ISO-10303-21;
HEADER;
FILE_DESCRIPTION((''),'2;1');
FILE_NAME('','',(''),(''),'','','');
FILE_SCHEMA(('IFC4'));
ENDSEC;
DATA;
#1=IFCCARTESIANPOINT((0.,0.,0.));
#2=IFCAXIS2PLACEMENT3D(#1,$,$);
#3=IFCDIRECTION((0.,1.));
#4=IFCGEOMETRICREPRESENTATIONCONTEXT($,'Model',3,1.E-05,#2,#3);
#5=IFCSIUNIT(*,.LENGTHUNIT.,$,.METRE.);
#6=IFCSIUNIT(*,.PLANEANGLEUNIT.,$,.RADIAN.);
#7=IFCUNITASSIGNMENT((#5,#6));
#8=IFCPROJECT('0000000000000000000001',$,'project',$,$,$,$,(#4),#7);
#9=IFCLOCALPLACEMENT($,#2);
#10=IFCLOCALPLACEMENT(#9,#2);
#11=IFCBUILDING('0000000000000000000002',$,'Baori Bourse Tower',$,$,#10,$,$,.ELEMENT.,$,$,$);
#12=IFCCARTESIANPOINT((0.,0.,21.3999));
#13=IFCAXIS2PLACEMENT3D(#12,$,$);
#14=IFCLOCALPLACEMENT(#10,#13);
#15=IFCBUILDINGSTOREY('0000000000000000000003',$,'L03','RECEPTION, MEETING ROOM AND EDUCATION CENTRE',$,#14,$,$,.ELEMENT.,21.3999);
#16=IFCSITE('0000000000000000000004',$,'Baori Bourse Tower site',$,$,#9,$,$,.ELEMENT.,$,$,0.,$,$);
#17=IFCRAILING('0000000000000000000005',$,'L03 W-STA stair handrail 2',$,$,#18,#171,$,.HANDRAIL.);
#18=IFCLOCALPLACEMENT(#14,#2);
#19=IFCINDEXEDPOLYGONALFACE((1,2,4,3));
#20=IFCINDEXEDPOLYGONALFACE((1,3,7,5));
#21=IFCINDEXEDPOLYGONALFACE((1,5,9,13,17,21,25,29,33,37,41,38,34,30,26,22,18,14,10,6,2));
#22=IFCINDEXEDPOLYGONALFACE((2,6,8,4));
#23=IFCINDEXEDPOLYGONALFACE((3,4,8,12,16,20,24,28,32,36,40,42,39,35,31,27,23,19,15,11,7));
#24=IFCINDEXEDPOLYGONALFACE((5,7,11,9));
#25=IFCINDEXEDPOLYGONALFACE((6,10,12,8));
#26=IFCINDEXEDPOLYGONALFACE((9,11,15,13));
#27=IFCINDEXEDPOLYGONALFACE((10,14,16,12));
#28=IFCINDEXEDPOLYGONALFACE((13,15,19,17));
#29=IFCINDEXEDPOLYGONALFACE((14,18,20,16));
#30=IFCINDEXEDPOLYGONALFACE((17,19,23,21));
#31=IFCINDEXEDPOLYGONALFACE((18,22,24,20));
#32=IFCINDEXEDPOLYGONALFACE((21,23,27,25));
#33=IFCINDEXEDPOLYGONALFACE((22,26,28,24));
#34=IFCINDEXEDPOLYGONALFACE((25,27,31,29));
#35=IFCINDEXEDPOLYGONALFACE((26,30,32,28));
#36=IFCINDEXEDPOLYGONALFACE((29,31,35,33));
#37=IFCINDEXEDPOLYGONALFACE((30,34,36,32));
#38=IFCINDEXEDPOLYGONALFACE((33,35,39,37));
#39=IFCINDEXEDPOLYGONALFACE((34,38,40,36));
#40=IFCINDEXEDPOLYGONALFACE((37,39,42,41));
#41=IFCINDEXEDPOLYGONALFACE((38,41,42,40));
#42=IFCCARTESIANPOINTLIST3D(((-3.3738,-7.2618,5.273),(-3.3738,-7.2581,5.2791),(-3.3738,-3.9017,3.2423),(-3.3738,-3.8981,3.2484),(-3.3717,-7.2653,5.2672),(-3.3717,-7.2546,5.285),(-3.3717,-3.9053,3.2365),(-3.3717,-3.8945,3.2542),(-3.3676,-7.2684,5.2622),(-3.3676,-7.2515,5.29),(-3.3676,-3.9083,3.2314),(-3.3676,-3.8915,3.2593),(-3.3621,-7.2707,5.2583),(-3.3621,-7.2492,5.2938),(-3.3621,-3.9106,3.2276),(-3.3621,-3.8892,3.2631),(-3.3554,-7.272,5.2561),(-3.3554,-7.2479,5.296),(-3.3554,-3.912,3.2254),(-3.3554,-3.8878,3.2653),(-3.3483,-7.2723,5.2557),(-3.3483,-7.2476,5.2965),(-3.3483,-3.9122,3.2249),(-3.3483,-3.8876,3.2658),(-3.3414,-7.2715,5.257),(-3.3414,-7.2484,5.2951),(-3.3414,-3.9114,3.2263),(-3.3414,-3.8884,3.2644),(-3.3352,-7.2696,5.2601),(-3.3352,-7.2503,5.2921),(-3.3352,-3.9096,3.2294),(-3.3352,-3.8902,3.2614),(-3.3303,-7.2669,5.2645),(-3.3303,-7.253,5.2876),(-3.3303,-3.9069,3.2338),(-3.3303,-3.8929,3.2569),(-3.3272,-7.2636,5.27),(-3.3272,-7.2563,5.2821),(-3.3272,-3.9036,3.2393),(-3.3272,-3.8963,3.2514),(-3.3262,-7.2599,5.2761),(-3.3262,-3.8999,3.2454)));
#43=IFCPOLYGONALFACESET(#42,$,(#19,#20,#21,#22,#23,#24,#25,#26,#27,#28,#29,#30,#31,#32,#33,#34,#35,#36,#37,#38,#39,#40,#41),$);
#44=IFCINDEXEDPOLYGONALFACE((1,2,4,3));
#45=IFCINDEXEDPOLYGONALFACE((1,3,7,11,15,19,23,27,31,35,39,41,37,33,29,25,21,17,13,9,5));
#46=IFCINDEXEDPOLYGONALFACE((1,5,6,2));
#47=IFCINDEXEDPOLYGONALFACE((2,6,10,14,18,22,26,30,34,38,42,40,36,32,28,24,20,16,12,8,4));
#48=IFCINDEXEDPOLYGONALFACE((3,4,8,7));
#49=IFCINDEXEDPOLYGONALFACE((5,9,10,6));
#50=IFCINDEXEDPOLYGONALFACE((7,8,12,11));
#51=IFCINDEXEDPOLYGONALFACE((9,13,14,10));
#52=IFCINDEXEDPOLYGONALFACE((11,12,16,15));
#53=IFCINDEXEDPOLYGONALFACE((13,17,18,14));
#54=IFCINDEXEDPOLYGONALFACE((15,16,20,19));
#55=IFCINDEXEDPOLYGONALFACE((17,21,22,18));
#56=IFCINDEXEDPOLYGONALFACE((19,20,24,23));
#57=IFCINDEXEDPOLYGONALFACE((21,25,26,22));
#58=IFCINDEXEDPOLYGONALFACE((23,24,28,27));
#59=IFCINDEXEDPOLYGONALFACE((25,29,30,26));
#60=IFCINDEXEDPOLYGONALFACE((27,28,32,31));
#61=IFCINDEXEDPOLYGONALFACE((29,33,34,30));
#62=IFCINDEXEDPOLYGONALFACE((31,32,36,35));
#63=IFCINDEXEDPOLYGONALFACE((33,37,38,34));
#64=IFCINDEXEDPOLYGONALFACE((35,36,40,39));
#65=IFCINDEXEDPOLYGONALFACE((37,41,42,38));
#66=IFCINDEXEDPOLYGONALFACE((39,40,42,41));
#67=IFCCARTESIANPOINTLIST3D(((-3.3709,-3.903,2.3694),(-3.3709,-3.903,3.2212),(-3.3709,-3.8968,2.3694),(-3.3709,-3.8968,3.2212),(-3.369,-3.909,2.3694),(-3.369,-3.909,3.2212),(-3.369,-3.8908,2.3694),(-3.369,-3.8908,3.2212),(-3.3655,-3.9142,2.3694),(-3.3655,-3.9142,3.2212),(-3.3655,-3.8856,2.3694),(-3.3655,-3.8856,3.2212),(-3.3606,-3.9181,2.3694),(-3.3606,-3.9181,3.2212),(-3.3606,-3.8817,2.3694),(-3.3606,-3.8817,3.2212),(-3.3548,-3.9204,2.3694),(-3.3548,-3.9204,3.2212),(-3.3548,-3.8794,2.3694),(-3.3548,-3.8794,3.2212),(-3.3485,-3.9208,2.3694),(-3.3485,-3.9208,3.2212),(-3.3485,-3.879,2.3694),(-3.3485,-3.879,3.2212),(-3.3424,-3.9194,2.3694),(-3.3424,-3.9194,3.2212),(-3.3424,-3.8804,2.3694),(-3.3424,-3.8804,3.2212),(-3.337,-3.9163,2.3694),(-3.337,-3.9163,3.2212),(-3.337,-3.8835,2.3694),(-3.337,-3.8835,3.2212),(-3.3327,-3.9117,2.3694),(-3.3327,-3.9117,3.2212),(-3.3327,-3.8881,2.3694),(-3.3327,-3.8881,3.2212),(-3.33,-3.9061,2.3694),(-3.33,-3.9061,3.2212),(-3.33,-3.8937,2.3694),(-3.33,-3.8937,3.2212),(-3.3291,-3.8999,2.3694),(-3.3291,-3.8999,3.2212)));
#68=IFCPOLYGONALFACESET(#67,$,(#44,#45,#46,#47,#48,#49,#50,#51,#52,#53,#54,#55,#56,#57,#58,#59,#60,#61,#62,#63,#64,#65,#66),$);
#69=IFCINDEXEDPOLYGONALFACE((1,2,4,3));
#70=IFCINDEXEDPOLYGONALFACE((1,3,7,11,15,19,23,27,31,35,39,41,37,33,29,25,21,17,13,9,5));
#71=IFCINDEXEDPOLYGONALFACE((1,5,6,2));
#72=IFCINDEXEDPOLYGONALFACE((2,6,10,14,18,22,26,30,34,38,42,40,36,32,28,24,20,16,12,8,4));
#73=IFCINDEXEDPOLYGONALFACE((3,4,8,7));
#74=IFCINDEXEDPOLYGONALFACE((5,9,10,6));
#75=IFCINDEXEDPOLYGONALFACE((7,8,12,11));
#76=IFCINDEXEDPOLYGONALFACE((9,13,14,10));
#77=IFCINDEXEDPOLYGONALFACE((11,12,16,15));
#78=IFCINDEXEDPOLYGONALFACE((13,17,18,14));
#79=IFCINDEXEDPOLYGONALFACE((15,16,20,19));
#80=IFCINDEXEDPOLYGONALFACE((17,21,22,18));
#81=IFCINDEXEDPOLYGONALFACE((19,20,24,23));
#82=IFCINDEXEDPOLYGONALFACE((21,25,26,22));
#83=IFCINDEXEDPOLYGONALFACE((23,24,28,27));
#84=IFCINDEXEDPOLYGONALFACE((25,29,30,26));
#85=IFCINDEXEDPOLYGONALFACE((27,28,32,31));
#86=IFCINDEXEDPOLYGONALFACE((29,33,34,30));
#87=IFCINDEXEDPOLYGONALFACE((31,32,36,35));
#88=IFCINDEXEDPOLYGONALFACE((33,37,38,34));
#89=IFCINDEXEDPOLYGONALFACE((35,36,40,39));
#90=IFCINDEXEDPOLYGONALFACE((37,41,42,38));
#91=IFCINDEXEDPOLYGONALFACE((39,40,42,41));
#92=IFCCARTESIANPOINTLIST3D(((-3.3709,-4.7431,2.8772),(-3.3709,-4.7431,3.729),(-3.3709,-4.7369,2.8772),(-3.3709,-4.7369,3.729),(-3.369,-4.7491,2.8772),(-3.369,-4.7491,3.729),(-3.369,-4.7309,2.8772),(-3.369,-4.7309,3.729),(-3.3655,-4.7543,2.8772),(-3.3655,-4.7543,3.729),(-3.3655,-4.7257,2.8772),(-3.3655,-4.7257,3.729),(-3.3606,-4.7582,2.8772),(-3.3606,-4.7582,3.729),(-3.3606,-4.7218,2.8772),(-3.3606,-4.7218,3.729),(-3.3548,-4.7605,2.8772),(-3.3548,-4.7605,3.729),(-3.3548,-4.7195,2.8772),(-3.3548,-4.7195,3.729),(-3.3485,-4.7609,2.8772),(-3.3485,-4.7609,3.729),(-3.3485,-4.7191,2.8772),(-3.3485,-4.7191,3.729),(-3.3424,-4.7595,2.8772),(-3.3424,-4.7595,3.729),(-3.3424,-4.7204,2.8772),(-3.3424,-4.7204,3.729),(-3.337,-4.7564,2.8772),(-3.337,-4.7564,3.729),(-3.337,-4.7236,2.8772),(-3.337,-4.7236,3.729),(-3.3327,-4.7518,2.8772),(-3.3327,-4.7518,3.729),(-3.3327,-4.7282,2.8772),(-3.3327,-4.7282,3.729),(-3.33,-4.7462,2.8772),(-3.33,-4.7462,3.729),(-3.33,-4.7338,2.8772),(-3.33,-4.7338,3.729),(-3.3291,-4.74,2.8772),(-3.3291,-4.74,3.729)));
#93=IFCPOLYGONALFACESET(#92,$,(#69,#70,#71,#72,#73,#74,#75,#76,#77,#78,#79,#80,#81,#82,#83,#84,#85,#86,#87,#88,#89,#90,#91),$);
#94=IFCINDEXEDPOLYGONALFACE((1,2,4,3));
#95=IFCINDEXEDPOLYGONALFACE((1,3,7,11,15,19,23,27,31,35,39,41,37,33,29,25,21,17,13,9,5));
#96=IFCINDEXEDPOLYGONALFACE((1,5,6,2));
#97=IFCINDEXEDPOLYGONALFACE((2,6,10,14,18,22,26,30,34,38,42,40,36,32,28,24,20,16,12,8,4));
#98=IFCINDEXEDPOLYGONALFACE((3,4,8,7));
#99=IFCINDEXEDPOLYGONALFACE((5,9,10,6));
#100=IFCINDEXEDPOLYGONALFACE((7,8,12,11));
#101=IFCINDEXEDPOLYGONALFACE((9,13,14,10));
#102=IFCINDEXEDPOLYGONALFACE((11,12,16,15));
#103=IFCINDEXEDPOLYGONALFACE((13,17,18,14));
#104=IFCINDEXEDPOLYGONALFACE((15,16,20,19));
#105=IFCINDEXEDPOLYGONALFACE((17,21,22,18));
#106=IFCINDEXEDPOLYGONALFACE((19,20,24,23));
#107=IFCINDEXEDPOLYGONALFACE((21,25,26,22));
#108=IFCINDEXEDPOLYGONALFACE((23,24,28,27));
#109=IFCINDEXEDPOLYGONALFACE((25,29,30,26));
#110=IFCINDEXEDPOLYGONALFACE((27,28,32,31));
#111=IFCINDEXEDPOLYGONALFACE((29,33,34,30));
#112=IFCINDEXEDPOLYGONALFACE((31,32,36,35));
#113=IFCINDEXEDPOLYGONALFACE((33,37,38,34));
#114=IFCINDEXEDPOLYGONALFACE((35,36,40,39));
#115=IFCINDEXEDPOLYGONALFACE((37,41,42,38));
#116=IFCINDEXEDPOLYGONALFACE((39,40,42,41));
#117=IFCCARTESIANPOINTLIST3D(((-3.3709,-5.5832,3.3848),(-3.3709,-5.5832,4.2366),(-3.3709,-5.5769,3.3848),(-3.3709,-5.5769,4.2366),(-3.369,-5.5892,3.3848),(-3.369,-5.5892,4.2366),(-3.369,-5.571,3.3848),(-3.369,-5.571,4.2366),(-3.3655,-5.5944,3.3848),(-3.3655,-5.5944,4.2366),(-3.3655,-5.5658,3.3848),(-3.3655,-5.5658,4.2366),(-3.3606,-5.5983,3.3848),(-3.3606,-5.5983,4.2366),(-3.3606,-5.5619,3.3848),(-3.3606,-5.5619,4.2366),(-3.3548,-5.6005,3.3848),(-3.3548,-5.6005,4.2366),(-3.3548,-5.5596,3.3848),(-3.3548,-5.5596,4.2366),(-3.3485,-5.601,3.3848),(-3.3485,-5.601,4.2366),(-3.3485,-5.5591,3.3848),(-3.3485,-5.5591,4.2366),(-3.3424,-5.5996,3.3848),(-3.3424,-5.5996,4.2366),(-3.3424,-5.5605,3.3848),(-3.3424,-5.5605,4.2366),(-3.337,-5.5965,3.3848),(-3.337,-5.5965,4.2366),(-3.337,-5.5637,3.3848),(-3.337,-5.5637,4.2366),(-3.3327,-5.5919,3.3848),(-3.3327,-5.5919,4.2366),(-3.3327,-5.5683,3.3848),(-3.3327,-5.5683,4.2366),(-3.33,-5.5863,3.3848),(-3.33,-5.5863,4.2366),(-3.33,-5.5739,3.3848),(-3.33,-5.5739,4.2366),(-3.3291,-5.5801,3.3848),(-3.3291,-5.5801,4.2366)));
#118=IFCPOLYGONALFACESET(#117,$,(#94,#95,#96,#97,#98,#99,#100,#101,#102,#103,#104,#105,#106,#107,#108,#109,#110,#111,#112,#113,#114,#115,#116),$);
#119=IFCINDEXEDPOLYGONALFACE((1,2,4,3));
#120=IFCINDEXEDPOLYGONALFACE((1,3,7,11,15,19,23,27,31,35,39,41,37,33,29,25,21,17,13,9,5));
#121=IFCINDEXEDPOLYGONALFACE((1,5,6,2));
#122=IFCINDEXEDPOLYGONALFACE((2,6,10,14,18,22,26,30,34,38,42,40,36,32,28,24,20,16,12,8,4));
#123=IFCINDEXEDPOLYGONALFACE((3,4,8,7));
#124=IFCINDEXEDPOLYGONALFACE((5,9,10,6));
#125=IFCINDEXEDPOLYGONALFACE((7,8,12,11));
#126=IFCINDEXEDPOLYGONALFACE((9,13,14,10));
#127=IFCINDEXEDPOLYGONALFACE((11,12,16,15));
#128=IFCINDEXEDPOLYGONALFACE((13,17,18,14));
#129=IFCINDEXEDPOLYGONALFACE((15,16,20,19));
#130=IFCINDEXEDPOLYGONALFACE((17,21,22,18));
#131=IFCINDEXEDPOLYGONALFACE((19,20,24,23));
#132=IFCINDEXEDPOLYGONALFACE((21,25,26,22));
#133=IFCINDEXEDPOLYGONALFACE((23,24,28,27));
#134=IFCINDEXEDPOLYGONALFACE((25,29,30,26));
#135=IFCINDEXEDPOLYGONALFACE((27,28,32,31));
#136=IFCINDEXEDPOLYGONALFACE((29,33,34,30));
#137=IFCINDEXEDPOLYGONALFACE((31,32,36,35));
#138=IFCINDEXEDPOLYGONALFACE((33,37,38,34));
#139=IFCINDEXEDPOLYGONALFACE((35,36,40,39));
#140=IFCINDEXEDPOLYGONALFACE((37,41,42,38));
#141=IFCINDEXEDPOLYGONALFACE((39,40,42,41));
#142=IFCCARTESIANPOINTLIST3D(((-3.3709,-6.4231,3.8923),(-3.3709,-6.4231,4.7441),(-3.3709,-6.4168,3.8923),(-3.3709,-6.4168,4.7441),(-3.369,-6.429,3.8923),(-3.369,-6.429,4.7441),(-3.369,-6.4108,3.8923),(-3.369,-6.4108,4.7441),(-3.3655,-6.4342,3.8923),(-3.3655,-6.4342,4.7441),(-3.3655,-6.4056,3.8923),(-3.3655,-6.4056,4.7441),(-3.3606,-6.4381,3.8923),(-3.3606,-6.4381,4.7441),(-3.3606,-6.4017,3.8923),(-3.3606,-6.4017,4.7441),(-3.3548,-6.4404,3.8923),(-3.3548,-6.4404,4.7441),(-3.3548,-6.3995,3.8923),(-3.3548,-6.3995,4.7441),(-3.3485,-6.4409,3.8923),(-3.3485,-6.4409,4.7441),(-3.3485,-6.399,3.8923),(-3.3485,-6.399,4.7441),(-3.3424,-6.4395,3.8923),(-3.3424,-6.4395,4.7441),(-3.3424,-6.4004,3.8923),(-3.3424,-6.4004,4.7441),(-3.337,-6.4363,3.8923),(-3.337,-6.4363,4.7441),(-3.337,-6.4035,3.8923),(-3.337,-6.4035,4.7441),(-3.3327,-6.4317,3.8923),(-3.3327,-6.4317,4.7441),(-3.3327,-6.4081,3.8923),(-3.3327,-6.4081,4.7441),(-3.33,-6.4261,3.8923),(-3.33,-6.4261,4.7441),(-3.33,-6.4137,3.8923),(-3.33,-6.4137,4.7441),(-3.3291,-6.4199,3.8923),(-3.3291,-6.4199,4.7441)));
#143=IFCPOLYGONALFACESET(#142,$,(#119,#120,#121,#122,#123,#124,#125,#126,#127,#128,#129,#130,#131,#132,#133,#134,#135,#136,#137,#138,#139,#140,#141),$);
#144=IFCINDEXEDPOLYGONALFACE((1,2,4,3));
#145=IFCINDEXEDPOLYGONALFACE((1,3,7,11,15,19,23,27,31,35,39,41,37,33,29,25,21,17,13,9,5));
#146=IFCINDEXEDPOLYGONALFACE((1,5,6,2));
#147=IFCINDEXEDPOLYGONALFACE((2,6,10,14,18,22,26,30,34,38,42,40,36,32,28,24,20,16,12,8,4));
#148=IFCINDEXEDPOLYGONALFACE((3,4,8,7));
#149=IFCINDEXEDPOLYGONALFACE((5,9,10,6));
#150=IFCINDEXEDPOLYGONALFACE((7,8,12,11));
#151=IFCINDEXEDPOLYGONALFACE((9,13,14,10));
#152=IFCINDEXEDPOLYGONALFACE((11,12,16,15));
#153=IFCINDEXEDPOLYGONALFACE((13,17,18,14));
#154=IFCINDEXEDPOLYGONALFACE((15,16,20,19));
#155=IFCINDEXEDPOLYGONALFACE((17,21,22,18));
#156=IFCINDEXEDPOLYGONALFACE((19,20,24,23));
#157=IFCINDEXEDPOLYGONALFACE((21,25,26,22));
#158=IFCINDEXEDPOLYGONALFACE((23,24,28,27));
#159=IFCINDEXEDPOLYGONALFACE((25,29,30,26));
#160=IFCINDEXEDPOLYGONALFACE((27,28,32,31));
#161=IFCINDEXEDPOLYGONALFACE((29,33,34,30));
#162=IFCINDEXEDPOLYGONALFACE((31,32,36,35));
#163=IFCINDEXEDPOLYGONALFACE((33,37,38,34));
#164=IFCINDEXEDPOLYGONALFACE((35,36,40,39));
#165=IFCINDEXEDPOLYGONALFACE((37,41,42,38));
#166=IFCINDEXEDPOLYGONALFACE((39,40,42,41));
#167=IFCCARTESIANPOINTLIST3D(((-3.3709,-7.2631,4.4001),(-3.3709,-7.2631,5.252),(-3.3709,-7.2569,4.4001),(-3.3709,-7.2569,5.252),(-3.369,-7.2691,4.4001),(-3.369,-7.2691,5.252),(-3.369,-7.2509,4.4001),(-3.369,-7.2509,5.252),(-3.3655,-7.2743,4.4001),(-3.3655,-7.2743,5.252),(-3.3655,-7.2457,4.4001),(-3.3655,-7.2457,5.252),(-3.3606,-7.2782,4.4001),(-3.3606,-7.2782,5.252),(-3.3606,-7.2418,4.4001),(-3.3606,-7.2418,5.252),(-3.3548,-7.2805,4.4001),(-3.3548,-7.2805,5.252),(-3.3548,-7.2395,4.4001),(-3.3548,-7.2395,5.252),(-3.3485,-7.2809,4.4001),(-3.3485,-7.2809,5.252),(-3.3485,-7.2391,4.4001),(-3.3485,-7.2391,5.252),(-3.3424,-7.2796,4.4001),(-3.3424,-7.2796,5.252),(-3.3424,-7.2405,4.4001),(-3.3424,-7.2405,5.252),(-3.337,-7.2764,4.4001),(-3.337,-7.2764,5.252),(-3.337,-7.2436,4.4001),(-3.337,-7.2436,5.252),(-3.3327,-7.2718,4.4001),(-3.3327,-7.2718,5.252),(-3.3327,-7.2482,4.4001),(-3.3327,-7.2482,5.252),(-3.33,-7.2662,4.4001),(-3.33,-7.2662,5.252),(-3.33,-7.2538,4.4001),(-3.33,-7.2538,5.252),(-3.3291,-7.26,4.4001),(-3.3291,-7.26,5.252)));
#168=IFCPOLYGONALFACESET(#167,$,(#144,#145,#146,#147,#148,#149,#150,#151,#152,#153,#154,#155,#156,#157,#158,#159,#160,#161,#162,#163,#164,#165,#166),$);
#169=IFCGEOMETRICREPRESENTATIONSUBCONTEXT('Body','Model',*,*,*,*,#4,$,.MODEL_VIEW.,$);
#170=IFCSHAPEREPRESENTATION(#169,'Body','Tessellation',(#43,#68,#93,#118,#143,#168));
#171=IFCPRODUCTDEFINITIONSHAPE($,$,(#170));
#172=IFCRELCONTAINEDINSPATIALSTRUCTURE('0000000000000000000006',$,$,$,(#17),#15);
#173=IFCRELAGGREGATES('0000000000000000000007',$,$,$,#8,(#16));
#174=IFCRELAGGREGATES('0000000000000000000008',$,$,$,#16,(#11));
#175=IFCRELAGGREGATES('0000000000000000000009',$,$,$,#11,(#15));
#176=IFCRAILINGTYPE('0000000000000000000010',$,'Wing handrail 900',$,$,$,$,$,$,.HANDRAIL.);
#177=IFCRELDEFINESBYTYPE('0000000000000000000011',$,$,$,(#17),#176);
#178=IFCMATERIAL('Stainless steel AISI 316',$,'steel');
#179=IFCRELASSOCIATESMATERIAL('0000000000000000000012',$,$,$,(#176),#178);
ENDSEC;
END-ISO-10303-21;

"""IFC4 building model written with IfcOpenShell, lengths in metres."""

from ifc_helpers import new_model, si_unit, direction, frame, origin, origin_2d, place, context, subcontext, project, spatial, circle, extrude, material, type_object, element, save


model = new_model("IFC4")

# Units and contexts
model_context = context("Model", 3, precision=1e-05, world=origin(), true_north=direction((0.0, 1.0)))
body_context = subcontext(model_context, "Body", "Model", "MODEL_VIEW")
ifc_project = project(units=[si_unit("LENGTHUNIT", "METRE"), si_unit("PLANEANGLEUNIT", "RADIAN")], contexts=[model_context])

# Site, building, storey
site_placement = place(None, origin())
site = spatial("IfcSite", under=ifc_project, at=site_placement, Name="Baori Bourse Tower site", CompositionType="ELEMENT", RefElevation=0.0)
building_placement = place(site_placement, origin())
building = spatial("IfcBuilding", under=site, at=building_placement, Name="Baori Bourse Tower", CompositionType="ELEMENT")
storey_placement = place(building_placement, frame((0.0, 0.0, 21.3999)))
storey = spatial("IfcBuildingStorey", under=building, at=storey_placement, Name="L03", Description="RECEPTION, MEETING ROOM AND EDUCATION CENTRE", CompositionType="ELEMENT", Elevation=21.3999)

# Railing
ifc_material_1 = material(Name="Stainless steel AISI 316", Category="steel")
railing_type_1 = type_object("IfcRailingType", Name="Wing handrail 900", PredefinedType="HANDRAIL", material=ifc_material_1)
railing_1_placement = place(storey_placement, frame((-3.3501, -3.8999, 2.3694)))
element("IfcRailing", 1, at=railing_1_placement, inside=storey, type_object=railing_type_1, Name="L03 W-STA stair handrail 2", PredefinedType="HANDRAIL", context=body_context, shape_type="SweptSolid", body=[
    extrude(circle(Radius=0.0239, at=origin_2d()), frame((0.0, 0.0, 0.876), z_axis=(0.0, -0.855837, 0.517246), x_axis=(1.0, 0.0, 0.0)), (0.0, 0.0, 1.0), 3.926),
    extrude(circle(Radius=0.021, at=origin_2d()), origin(), (0.0, 0.0, 1.0), 0.8518),
    extrude(circle(Radius=0.021, at=origin_2d()), frame((0.0, -0.8401, 0.5078)), (0.0, 0.0, 1.0), 0.8518),
    extrude(circle(Radius=0.021, at=origin_2d()), frame((0.0, -1.6802, 1.0154)), (0.0, 0.0, 1.0), 0.8518),
    extrude(circle(Radius=0.021, at=origin_2d()), frame((0.0, -2.52, 1.5229)), (0.0, 0.0, 1.0), 0.8518),
    extrude(circle(Radius=0.021, at=origin_2d()), frame((0.0, -3.3601, 2.0308)), (0.0, 0.0, 1.0), 0.8518),
])

save(model, "model.ifc")
